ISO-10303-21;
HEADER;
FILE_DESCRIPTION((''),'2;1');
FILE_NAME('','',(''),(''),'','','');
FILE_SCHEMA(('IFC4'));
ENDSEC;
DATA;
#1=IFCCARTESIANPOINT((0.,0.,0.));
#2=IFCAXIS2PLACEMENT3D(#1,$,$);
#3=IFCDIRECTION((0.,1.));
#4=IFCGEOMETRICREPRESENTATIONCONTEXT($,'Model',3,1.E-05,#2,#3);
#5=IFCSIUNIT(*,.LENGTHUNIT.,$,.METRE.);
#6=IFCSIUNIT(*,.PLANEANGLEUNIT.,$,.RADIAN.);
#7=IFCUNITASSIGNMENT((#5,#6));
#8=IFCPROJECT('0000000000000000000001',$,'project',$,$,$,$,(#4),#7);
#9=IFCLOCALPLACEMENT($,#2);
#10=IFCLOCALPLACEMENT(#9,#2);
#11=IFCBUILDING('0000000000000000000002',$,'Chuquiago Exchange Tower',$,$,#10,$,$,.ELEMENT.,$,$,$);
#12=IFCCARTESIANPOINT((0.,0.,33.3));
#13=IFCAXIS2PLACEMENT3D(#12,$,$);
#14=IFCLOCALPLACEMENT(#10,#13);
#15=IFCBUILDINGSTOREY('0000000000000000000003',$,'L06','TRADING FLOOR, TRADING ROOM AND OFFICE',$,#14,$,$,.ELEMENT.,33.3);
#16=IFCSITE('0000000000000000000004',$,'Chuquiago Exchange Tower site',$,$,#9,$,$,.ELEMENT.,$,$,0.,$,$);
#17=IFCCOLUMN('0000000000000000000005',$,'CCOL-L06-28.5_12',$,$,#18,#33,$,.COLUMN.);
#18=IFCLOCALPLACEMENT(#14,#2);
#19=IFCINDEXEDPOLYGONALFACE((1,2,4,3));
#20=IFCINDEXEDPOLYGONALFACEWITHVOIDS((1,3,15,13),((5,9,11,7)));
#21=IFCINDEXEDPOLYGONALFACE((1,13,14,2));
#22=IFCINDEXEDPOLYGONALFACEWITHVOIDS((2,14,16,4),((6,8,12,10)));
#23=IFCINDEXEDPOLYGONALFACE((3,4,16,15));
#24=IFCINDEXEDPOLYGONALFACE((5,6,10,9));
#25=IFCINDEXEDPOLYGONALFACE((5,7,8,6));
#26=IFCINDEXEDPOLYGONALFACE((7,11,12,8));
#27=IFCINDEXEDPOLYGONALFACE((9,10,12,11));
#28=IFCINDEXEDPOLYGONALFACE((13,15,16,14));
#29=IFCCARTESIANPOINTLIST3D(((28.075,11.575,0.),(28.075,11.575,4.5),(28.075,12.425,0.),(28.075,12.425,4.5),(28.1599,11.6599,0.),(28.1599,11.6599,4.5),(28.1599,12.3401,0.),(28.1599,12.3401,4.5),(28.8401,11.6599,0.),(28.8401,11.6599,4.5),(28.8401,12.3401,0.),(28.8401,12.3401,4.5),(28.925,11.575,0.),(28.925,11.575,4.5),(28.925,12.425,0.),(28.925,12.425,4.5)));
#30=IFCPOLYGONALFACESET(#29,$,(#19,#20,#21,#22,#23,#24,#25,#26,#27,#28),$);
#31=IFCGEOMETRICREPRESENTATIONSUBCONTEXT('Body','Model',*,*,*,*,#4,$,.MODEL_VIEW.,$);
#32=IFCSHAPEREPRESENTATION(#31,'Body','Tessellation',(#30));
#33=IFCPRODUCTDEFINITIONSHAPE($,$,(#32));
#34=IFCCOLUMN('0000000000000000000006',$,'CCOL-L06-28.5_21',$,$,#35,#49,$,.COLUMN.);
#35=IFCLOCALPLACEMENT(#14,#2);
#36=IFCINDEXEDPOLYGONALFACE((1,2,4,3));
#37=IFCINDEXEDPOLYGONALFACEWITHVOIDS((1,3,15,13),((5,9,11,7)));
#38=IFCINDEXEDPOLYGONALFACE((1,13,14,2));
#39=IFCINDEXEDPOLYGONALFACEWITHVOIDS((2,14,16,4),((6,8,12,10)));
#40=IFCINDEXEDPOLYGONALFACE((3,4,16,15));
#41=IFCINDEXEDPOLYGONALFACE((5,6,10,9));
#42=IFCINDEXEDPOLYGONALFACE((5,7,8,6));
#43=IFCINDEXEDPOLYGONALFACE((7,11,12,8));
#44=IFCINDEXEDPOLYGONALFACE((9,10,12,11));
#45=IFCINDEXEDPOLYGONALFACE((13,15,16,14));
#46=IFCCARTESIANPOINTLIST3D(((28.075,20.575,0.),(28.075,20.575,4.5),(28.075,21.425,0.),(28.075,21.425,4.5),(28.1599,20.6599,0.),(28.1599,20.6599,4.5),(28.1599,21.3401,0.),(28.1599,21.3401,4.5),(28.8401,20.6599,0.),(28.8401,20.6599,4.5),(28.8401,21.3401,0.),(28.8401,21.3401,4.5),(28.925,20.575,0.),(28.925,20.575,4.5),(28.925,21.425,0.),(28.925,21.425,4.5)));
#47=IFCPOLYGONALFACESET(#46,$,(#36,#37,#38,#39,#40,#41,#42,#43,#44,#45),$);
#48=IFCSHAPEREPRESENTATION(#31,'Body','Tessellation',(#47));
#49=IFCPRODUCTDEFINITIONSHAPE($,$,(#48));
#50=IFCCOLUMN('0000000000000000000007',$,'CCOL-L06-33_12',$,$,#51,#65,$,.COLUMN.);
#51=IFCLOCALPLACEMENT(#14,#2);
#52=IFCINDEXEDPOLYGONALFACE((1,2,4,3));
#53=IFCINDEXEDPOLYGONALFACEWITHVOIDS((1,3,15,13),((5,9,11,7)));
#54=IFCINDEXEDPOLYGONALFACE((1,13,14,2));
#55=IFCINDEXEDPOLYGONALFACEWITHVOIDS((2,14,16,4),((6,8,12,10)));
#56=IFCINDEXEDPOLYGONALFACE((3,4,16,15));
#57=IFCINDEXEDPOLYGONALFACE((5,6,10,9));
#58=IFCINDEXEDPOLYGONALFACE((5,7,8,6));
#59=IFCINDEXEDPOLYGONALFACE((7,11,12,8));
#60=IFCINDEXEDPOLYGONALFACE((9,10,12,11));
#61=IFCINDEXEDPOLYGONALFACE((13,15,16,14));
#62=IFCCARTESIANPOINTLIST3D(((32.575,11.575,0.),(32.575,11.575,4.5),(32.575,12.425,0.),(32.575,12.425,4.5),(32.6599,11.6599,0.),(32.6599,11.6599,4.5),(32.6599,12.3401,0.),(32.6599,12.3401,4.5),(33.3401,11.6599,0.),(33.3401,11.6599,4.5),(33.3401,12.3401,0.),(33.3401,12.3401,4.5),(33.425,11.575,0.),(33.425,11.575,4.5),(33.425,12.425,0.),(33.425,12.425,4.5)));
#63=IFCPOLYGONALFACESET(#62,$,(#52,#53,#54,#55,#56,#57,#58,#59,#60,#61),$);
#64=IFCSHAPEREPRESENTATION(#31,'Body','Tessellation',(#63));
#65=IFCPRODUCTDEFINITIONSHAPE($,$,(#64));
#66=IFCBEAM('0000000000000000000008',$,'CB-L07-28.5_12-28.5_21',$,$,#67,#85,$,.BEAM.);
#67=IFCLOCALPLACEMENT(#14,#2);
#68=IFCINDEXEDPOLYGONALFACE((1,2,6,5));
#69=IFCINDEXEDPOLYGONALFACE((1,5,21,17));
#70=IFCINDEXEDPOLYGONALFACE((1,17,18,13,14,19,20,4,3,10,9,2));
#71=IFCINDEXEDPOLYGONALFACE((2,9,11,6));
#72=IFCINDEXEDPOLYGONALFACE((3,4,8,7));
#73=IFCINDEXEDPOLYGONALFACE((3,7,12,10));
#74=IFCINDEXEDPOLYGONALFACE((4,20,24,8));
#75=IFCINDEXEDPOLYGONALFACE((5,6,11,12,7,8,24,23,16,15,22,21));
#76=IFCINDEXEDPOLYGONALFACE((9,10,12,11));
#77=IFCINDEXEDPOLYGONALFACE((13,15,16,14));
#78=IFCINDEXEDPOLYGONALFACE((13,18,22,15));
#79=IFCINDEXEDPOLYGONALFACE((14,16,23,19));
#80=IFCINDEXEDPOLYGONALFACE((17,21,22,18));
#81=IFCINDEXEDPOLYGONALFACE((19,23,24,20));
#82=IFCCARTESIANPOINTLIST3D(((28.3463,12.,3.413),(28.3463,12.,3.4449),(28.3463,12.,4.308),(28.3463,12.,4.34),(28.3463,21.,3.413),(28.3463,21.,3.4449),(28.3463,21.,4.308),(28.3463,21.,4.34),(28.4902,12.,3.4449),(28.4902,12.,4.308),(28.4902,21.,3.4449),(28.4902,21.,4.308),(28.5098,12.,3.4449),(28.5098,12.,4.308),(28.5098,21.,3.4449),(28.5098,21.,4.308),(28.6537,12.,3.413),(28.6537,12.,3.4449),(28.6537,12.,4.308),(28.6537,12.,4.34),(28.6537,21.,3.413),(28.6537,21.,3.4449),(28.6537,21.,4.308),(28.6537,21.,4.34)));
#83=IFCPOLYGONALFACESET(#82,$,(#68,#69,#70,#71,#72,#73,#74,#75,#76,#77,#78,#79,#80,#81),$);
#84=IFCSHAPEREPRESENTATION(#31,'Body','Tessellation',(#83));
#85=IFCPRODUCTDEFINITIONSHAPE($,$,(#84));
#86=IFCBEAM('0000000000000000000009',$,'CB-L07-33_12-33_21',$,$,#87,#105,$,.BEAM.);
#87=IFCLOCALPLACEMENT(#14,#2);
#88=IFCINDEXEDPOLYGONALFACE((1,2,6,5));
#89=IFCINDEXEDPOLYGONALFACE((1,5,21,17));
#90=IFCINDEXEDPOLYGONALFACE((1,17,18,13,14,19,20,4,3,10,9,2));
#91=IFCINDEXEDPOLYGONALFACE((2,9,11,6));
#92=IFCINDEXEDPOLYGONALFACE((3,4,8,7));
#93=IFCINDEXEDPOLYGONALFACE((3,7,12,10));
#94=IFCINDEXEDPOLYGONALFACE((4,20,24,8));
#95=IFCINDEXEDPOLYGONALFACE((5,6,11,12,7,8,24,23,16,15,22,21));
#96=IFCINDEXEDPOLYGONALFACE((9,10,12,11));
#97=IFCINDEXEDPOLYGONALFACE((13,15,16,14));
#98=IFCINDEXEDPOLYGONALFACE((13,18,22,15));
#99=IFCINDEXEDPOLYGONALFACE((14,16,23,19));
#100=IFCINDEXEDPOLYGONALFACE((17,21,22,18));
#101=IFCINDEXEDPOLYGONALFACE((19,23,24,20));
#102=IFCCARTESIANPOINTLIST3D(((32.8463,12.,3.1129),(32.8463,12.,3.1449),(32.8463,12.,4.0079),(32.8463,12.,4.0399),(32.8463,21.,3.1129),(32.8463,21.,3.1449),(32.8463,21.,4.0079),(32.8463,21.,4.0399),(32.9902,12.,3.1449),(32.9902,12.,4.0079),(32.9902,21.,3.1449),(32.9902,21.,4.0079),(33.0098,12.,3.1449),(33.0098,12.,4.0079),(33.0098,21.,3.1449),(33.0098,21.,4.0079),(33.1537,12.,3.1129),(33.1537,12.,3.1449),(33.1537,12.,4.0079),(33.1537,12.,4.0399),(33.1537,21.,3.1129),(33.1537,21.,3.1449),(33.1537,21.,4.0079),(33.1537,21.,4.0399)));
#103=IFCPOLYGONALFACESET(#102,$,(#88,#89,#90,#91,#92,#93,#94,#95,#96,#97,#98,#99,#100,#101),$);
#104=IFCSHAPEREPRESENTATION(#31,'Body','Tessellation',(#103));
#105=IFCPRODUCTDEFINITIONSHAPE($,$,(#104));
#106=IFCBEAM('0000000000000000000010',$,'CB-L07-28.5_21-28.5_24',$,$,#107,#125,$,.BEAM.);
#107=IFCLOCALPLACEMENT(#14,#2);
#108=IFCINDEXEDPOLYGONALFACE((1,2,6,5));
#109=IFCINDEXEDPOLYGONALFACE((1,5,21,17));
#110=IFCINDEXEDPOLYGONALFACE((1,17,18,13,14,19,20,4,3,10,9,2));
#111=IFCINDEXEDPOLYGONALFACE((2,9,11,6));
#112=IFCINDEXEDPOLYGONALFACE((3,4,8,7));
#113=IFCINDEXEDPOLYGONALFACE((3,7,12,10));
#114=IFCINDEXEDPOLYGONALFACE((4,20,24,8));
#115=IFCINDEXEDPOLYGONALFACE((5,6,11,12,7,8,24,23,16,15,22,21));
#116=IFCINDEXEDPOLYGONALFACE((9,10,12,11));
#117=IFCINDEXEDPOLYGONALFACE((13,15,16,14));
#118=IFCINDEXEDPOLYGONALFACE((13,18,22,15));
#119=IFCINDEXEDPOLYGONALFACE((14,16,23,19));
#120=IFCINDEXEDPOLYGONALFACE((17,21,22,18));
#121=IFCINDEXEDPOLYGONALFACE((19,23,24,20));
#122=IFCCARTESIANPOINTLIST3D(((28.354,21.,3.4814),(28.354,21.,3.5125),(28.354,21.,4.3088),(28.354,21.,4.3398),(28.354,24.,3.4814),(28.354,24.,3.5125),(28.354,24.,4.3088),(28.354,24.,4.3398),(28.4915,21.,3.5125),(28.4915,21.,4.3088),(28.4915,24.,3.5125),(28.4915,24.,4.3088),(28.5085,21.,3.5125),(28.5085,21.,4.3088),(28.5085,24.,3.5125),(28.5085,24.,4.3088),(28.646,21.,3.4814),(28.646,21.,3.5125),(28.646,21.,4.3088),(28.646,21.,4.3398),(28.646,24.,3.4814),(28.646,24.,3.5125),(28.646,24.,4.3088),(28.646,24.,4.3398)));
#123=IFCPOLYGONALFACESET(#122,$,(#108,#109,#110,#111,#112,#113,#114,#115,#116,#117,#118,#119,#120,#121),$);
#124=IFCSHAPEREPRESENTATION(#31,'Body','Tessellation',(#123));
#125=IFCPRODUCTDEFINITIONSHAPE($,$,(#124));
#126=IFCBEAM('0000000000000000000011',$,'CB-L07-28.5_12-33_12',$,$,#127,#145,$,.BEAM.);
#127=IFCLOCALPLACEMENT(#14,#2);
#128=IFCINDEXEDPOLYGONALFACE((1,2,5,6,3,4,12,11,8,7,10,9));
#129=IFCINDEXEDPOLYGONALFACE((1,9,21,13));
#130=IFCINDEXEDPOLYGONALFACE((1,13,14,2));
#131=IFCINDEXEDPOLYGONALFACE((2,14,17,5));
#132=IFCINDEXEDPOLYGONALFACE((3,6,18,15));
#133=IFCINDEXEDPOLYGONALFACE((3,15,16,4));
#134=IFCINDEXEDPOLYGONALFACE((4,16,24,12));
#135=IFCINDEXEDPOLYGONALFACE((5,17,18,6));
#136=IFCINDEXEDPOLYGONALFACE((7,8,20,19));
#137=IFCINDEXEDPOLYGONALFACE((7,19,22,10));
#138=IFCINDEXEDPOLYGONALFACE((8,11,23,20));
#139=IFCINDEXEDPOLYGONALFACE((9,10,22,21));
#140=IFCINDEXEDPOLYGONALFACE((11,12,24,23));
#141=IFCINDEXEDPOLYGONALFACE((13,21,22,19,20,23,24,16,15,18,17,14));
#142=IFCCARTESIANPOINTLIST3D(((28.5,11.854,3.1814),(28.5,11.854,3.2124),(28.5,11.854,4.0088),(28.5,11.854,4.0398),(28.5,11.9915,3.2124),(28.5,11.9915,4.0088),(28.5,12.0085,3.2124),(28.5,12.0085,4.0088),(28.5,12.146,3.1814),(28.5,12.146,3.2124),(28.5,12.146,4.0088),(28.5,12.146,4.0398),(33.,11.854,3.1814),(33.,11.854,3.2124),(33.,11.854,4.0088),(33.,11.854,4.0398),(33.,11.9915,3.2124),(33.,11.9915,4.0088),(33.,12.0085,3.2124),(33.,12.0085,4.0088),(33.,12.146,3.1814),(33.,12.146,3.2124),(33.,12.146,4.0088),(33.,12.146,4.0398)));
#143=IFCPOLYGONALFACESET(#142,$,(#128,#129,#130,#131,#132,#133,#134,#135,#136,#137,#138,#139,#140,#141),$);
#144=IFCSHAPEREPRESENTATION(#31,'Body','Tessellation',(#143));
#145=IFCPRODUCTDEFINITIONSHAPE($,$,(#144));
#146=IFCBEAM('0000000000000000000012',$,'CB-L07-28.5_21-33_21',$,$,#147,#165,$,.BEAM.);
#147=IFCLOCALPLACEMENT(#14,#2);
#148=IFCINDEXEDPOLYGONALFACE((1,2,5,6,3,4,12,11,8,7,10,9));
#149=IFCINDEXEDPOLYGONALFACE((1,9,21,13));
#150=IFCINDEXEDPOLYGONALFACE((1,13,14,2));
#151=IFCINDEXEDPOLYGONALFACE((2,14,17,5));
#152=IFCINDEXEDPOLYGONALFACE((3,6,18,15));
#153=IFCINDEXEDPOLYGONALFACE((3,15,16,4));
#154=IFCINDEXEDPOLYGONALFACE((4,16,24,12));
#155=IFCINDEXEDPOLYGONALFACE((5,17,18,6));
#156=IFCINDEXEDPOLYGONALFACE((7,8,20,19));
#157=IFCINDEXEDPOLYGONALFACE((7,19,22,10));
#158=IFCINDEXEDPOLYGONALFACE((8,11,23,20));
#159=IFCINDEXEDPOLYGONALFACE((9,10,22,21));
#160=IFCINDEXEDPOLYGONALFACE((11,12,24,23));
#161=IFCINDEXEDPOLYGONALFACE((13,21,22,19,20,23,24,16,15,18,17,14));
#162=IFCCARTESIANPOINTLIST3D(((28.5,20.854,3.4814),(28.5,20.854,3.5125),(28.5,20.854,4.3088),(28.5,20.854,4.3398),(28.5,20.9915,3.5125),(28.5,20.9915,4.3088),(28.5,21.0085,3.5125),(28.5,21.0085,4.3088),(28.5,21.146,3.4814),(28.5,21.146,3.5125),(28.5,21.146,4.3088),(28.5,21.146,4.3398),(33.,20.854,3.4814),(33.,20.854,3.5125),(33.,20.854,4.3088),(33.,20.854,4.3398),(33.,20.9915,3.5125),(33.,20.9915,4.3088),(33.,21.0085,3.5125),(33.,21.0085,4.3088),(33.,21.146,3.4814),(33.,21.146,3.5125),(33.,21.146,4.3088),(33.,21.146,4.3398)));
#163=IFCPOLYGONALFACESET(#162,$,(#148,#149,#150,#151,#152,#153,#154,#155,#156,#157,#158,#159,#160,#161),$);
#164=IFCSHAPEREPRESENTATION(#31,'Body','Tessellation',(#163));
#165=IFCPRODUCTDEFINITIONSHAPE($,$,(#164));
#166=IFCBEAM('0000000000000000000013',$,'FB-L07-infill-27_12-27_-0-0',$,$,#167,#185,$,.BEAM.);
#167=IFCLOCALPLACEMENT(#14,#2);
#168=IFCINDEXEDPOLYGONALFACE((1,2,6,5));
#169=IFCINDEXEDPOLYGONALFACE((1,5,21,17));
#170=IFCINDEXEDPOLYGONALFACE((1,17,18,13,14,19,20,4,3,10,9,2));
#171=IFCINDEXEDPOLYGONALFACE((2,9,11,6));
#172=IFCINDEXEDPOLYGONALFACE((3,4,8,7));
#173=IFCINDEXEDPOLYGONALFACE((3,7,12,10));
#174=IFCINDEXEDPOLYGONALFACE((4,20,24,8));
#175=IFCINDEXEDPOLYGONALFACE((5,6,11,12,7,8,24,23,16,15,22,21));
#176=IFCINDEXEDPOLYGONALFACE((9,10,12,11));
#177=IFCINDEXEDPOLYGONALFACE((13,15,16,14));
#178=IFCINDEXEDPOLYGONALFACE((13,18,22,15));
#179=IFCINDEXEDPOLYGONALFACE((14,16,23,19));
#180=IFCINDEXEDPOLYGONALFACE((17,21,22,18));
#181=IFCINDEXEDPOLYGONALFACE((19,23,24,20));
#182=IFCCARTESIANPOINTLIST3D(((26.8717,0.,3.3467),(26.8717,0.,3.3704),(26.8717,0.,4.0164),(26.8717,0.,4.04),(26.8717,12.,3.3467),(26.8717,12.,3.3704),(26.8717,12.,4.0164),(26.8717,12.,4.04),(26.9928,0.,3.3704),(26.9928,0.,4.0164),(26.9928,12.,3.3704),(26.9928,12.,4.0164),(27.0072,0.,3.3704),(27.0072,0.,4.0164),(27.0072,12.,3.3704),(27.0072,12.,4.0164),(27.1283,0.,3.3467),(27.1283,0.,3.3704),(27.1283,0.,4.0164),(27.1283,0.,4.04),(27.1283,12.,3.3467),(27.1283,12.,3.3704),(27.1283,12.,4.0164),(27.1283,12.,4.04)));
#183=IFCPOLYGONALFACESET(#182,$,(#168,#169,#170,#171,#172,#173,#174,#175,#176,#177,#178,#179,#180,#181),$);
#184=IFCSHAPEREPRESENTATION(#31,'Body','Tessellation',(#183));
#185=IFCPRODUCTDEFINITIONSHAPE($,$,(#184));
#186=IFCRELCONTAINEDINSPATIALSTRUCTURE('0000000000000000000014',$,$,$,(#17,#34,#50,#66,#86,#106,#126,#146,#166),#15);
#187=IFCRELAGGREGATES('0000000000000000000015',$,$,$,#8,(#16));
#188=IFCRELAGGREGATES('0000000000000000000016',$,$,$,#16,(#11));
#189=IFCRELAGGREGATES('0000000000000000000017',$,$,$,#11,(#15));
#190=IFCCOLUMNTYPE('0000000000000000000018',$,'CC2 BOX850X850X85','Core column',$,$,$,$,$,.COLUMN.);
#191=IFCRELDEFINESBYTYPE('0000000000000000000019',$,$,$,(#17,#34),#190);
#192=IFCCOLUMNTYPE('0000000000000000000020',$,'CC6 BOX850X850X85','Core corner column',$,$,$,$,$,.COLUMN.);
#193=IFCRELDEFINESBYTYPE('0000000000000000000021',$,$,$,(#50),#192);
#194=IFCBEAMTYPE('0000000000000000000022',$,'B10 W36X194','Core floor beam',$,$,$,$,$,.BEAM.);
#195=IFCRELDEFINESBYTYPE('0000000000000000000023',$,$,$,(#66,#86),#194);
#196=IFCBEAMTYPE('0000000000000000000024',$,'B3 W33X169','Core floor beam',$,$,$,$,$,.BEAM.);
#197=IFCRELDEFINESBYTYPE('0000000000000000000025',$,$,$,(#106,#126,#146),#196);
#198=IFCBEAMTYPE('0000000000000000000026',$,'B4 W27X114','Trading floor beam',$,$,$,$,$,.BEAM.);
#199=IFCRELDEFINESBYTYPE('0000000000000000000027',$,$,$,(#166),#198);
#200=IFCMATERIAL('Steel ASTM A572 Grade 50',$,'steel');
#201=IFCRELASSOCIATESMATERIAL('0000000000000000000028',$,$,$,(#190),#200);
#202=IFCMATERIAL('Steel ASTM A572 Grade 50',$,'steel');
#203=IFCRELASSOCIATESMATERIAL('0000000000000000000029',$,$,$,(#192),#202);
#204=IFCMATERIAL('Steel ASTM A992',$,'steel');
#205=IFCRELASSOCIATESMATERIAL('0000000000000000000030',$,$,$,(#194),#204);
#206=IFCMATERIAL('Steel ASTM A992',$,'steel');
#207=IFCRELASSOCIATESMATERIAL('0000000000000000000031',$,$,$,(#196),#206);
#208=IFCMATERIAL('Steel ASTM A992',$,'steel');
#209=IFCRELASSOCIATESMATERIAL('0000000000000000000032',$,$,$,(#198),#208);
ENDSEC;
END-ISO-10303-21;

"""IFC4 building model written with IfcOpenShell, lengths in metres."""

from ifc_helpers import new_model, si_unit, direction, frame, origin, origin_2d, place, context, subcontext, project, spatial, hollow_rectangle, i_section, extrude, material, material_profile, profile_set, type_object, element, save


model = new_model("IFC4")

# Units and contexts
model_context = context("Model", 3, precision=1e-05, world=origin(), true_north=direction((0.0, 1.0)))
body_context = subcontext(model_context, "Body", "Model", "MODEL_VIEW")
ifc_project = project(units=[si_unit("LENGTHUNIT", "METRE"), si_unit("PLANEANGLEUNIT", "RADIAN")], contexts=[model_context])

# Site, building, storey
site_placement = place(None, origin())
site = spatial("IfcSite", under=ifc_project, at=site_placement, Name="Chuquiago Exchange Tower site", CompositionType="ELEMENT", RefElevation=0.0)
building_placement = place(site_placement, origin())
building = spatial("IfcBuilding", under=site, at=building_placement, Name="Chuquiago Exchange Tower", CompositionType="ELEMENT")
storey_placement = place(building_placement, frame((0.0, 0.0, 33.3)))
storey = spatial("IfcBuildingStorey", under=building, at=storey_placement, Name="L06", Description="TRADING FLOOR, TRADING ROOM AND OFFICE", CompositionType="ELEMENT", Elevation=33.3)

# Columns
ifc_material_1 = material(Name="Steel ASTM A572 Grade 50", Category="steel")
ifc_material_profile_1 = material_profile(ifc_material_1, hollow_rectangle(XDim=0.8501, YDim=0.8501, WallThickness=0.085, at=origin_2d()), Name="BOX850X850X85")
ifc_profile_set_1 = profile_set([ifc_material_profile_1], Name="Steel ASTM A572 Grade 50")
column_type_1 = type_object("IfcColumnType", Name="CC2 BOX850X850X85", Description="Core column", PredefinedType="COLUMN", material=ifc_profile_set_1)
for number, where, z_axis, x_axis, name in (
    (1, (28.5, 12.0, 0.0), (0.0, 0.0, 1.0), (1.0, 0.0, 0.0), "CCOL-L06-28.5_12"),
    (2, (28.5, 21.0, 0.0), (0.0, 0.0, 1.0), (1.0, 0.0, 0.0), "CCOL-L06-28.5_21"),
):
    element("IfcColumn", number, at=place(storey_placement, frame(where, z_axis=z_axis, x_axis=x_axis)), inside=storey, type_object=column_type_1, Name=name, PredefinedType="COLUMN", context=body_context, shape_type="SweptSolid", body=[
        extrude(hollow_rectangle(XDim=0.8501, YDim=0.8501, WallThickness=0.085, at=origin_2d()), origin(), (0.0, 0.0, 1.0), 4.5),
    ])
ifc_material_2 = material(Name="Steel ASTM A572 Grade 50", Category="steel")
ifc_material_profile_2 = material_profile(ifc_material_2, hollow_rectangle(XDim=0.8501, YDim=0.8501, WallThickness=0.085, at=origin_2d()), Name="BOX850X850X85")
ifc_profile_set_2 = profile_set([ifc_material_profile_2], Name="Steel ASTM A572 Grade 50")
column_type_2 = type_object("IfcColumnType", Name="CC6 BOX850X850X85", Description="Core corner column", PredefinedType="COLUMN", material=ifc_profile_set_2)
column_placement = place(storey_placement, frame((33.0, 12.0, 0.0), z_axis=(0.0, 0.0, 1.0), x_axis=(1.0, 0.0, 0.0)))
element("IfcColumn", 3, at=column_placement, inside=storey, type_object=column_type_2, Name="CCOL-L06-33_12", PredefinedType="COLUMN", context=body_context, shape_type="SweptSolid", body=[
    extrude(hollow_rectangle(XDim=0.8501, YDim=0.8501, WallThickness=0.085, at=origin_2d()), origin(), (0.0, 0.0, 1.0), 4.5),
])

# Beams
ifc_material_3 = material(Name="Steel ASTM A992", Category="steel")
ifc_material_profile_3 = material_profile(ifc_material_3, i_section(OverallWidth=0.3074, OverallDepth=0.927, WebThickness=0.0195, FlangeThickness=0.032, at=origin_2d()), Name="W36X194")
ifc_profile_set_3 = profile_set([ifc_material_profile_3], Name="Steel ASTM A992")
beam_type_1 = type_object("IfcBeamType", Name="B10 W36X194", Description="Core floor beam", PredefinedType="BEAM", material=ifc_profile_set_3)
for number, where, z_axis, x_axis, name in (
    (4, (28.5, 12.0, 3.8765), (0.0, 1.0, 0.0), (-1.0, 0.0, 0.0), "CB-L07-28.5_12-28.5_21"),
    (5, (33.0, 12.0, 3.5764), (0.0, 1.0, 0.0), (-1.0, 0.0, 0.0), "CB-L07-33_12-33_21"),
):
    element("IfcBeam", number, at=place(storey_placement, frame(where, z_axis=z_axis, x_axis=x_axis)), inside=storey, type_object=beam_type_1, Name=name, PredefinedType="BEAM", context=body_context, shape_type="SweptSolid", body=[
        extrude(i_section(OverallWidth=0.3074, OverallDepth=0.927, WebThickness=0.0195, FlangeThickness=0.032, at=origin_2d()), origin(), (0.0, 0.0, 1.0), 9.0),
    ])
ifc_material_4 = material(Name="Steel ASTM A992", Category="steel")
ifc_material_profile_4 = material_profile(ifc_material_4, i_section(OverallWidth=0.292, OverallDepth=0.8584, WebThickness=0.0171, FlangeThickness=0.031, at=origin_2d()), Name="W33X169")
ifc_profile_set_4 = profile_set([ifc_material_profile_4], Name="Steel ASTM A992")
beam_type_2 = type_object("IfcBeamType", Name="B3 W33X169", Description="Core floor beam", PredefinedType="BEAM", material=ifc_profile_set_4)
beam_placement = place(storey_placement, frame((28.5, 21.0, 3.9106), z_axis=(0.0, 1.0, 0.0), x_axis=(-1.0, 0.0, 0.0)))
element("IfcBeam", 6, at=beam_placement, inside=storey, type_object=beam_type_2, Name="CB-L07-28.5_21-28.5_24", PredefinedType="BEAM", context=body_context, shape_type="SweptSolid", body=[
    extrude(i_section(OverallWidth=0.292, OverallDepth=0.8584, WebThickness=0.0171, FlangeThickness=0.031, at=origin_2d()), origin(), (0.0, 0.0, 1.0), 3.0),
])
for number, where, z_axis, x_axis, name in (
    (7, (28.5, 12.0, 3.6106), (1.0, 0.0, 0.0), (0.0, 1.0, 0.0), "CB-L07-28.5_12-33_12"),
    (8, (28.5, 21.0, 3.9106), (1.0, 0.0, 0.0), (0.0, 1.0, 0.0), "CB-L07-28.5_21-33_21"),
):
    element("IfcBeam", number, at=place(storey_placement, frame(where, z_axis=z_axis, x_axis=x_axis)), inside=storey, type_object=beam_type_2, Name=name, PredefinedType="BEAM", context=body_context, shape_type="SweptSolid", body=[
        extrude(i_section(OverallWidth=0.292, OverallDepth=0.8584, WebThickness=0.0171, FlangeThickness=0.031, at=origin_2d()), origin(), (0.0, 0.0, 1.0), 4.5),
    ])
ifc_material_5 = material(Name="Steel ASTM A992", Category="steel")
ifc_material_profile_5 = material_profile(ifc_material_5, i_section(OverallWidth=0.2566, OverallDepth=0.6934, WebThickness=0.0144, FlangeThickness=0.0237, at=origin_2d()), Name="W27X114")
ifc_profile_set_5 = profile_set([ifc_material_profile_5], Name="Steel ASTM A992")
beam_type_3 = type_object("IfcBeamType", Name="B4 W27X114", Description="Trading floor beam", PredefinedType="BEAM", material=ifc_profile_set_5)
for number, where, z_axis, x_axis, name in (
    (9, (27.0, 12.0, 3.6934), (0.0, -1.0, 0.0), (1.0, 0.0, 0.0), "FB-L07-infill-27_12-27_-0-0"),
):
    element("IfcBeam", number, at=place(storey_placement, frame(where, z_axis=z_axis, x_axis=x_axis)), inside=storey, type_object=beam_type_3, Name=name, PredefinedType="BEAM", context=body_context, shape_type="SweptSolid", body=[
        extrude(i_section(OverallWidth=0.2566, OverallDepth=0.6934, WebThickness=0.0144, FlangeThickness=0.0237, at=origin_2d()), origin(), (0.0, 0.0, 1.0), 12.0),
    ])

save(model, "model.ifc")
